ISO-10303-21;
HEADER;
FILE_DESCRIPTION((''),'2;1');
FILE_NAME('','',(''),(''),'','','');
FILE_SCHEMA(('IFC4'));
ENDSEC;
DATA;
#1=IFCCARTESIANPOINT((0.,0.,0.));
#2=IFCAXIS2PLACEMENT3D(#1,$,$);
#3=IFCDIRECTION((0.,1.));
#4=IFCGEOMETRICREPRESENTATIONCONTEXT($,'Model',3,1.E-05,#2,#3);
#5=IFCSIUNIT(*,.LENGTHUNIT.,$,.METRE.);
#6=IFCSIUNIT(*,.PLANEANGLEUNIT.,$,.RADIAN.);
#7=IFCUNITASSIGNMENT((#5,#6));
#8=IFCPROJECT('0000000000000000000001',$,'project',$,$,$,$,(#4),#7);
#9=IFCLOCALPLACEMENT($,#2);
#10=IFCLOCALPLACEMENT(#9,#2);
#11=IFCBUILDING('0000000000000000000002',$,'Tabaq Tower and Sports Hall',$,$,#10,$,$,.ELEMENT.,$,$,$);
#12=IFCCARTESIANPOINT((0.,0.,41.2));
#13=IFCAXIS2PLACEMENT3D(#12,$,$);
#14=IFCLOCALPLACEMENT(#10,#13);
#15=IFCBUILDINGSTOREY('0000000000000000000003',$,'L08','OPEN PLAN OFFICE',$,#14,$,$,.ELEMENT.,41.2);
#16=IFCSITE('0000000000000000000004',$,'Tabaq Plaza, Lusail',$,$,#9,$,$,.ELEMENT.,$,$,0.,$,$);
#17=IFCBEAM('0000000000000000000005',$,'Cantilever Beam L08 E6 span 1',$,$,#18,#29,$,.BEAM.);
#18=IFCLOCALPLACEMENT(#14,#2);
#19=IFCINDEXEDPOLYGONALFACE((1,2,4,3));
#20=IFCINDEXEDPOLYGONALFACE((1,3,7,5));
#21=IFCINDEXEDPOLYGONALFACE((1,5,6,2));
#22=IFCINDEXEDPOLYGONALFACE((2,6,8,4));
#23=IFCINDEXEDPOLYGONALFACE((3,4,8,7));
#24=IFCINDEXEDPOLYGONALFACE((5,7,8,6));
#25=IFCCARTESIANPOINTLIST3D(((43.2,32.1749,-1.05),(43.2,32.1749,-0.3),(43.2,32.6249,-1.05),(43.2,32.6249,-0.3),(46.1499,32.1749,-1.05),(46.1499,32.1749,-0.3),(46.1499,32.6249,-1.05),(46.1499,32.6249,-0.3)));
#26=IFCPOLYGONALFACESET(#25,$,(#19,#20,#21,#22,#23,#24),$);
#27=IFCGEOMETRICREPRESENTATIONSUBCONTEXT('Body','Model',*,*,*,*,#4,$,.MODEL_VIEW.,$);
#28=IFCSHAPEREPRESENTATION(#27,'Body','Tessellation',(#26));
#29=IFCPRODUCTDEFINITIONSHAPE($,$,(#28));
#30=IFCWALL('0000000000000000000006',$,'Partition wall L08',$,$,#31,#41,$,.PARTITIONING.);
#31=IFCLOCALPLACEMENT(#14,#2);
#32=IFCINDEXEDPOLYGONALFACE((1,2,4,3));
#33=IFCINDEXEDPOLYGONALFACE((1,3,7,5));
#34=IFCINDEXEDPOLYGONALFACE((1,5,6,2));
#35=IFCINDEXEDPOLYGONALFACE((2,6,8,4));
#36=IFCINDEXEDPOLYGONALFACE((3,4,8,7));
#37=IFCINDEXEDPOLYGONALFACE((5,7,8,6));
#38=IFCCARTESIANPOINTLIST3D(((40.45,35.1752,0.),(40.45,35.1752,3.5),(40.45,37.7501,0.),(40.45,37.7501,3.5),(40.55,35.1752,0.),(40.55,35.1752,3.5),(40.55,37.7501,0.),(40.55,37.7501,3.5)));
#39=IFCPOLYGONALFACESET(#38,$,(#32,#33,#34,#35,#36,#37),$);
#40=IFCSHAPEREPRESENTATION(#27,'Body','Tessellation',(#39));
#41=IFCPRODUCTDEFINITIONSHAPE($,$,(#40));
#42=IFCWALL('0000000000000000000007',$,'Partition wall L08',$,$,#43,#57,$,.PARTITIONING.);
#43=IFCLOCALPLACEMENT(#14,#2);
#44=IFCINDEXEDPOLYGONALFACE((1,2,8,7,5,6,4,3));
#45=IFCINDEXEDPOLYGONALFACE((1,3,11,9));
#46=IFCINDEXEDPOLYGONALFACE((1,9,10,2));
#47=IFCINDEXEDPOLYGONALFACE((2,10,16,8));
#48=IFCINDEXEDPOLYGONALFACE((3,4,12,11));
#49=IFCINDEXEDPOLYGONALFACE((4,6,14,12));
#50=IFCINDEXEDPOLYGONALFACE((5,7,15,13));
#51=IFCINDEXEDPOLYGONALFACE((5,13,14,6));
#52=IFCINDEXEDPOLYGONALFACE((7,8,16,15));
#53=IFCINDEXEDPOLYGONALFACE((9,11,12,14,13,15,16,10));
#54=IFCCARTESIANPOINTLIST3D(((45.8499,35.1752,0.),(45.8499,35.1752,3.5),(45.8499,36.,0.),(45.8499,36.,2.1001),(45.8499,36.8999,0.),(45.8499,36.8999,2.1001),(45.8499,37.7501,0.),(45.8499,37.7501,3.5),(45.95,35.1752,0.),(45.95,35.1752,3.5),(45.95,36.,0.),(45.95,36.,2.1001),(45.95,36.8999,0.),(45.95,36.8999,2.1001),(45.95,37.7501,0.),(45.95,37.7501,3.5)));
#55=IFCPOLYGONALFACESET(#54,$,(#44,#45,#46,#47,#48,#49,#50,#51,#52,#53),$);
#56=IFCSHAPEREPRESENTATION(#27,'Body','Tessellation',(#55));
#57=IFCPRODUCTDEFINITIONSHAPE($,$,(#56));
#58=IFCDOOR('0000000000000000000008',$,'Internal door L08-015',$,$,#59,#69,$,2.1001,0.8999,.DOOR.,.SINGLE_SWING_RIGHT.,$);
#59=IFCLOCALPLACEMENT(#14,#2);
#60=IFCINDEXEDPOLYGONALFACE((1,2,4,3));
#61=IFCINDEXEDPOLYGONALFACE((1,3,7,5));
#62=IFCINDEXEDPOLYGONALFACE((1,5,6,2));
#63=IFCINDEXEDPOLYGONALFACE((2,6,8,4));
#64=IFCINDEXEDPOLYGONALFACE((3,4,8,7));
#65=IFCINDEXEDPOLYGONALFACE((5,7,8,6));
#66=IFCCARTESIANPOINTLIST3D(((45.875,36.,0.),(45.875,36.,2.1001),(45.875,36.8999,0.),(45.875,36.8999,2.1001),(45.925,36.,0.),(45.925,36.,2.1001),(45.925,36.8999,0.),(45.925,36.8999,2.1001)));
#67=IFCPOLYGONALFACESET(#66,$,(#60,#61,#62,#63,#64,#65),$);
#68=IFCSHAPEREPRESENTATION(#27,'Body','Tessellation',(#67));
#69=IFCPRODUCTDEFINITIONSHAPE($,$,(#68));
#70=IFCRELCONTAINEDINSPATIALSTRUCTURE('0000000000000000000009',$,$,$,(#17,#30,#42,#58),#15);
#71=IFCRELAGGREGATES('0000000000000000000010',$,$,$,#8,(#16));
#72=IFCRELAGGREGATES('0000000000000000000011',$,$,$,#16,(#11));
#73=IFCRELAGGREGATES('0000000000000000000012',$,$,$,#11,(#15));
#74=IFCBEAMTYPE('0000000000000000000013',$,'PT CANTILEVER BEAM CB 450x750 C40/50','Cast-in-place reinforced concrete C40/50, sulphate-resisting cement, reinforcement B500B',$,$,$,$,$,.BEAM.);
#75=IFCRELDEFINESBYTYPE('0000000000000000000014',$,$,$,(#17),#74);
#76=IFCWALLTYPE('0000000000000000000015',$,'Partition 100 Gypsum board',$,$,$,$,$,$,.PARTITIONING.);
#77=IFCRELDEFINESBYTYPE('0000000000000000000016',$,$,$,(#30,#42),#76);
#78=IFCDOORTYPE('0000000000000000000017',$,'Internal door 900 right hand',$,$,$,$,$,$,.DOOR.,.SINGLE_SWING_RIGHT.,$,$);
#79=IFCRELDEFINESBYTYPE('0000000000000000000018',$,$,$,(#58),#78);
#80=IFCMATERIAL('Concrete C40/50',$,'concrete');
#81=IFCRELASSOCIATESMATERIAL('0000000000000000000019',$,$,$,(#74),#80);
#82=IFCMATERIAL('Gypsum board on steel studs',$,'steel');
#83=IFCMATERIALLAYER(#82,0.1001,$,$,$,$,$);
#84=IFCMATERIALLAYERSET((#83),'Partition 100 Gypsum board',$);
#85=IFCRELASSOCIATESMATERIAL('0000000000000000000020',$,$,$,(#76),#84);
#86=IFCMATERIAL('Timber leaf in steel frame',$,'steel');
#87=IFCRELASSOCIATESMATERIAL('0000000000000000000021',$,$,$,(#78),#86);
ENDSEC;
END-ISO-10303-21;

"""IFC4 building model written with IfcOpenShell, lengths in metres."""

from ifc_helpers import new_model, si_unit, direction, frame, frame_2d, origin, origin_2d, place, context, subcontext, project, spatial, rectangle, extrude, material, layer, layer_set, material_profile, profile_set, type_object, element, fill, save


model = new_model("IFC4")

# Units and contexts
model_context = context("Model", 3, precision=1e-05, world=origin(), true_north=direction((0.0, 1.0)))
body_context = subcontext(model_context, "Body", "Model", "MODEL_VIEW")
ifc_project = project(units=[si_unit("LENGTHUNIT", "METRE"), si_unit("PLANEANGLEUNIT", "RADIAN")], contexts=[model_context])

# Site, building, storey
site_placement = place(None, origin())
site = spatial("IfcSite", under=ifc_project, at=site_placement, Name="Tabaq Plaza, Lusail", CompositionType="ELEMENT", RefElevation=0.0)
building_placement = place(site_placement, origin())
building = spatial("IfcBuilding", under=site, at=building_placement, Name="Tabaq Tower and Sports Hall", CompositionType="ELEMENT")
storey_placement = place(building_placement, frame((0.0, 0.0, 41.2)))
storey = spatial("IfcBuildingStorey", under=building, at=storey_placement, Name="L08", Description="OPEN PLAN OFFICE", CompositionType="ELEMENT", Elevation=41.2)

# Beam
ifc_material_1 = material(Name="Concrete C40/50", Category="concrete")
ifc_material_profile = material_profile(ifc_material_1, rectangle(XDim=0.45, YDim=0.75, at=origin_2d()), Name="CB 450x750")
ifc_profile_set = profile_set([ifc_material_profile], Name="Concrete C40/50")
beam_type = type_object("IfcBeamType", Name="PT CANTILEVER BEAM CB 450x750 C40/50", Description="Cast-in-place reinforced concrete C40/50, sulphate-resisting cement, reinforcement B500B", PredefinedType="BEAM", material=ifc_profile_set)
beam_placement = place(storey_placement, frame((46.1499, 32.3999, -0.675), z_axis=(-1.0, 0.0, 0.0), x_axis=(0.0, -1.0, 0.0)))
element("IfcBeam", 1, at=beam_placement, inside=storey, type_object=beam_type, Name="Cantilever Beam L08 E6 span 1", PredefinedType="BEAM", context=body_context, shape_type="SweptSolid", body=[
    extrude(rectangle(XDim=0.45, YDim=0.75, at=origin_2d()), origin(), (0.0, 0.0, 1.0), 2.95),
])

# Wall
ifc_material_2 = material(Name="Gypsum board on steel studs", Category="steel")
ifc_layer_1 = layer(ifc_material_2, 0.1001)
ifc_layer_set_1 = layer_set([ifc_layer_1], Name="Partition 100 Gypsum board")
wall_type_1 = type_object("IfcWallType", Name="Partition 100 Gypsum board", PredefinedType="PARTITIONING", material=ifc_layer_set_1)
wall_1_placement = place(storey_placement, frame((40.5, 35.175, 0.0), z_axis=(0.0, 0.0, 1.0), x_axis=(0.0, 1.0, 0.0)))
element("IfcWall", 2, at=wall_1_placement, inside=storey, type_object=wall_type_1, Name="Partition wall L08", PredefinedType="PARTITIONING", context=body_context, shape_type="SweptSolid", body=[
    extrude(rectangle(XDim=2.575, YDim=0.1001, at=frame_2d((1.2876, 0.0))), origin(), (0.0, 0.0, 1.0), 3.5),
])

# Wall, opening, door
wall_2_placement = place(storey_placement, frame((45.8999, 35.175, 0.0), z_axis=(0.0, 0.0, 1.0), x_axis=(0.0, 1.0, 0.0)))
wall_2 = element("IfcWall", 3, at=wall_2_placement, inside=storey, type_object=wall_type_1, Name="Partition wall L08", PredefinedType="PARTITIONING", context=body_context, shape_type="SweptSolid", body=[
    extrude(rectangle(XDim=2.575, YDim=0.1001, at=frame_2d((1.2876, 0.0))), origin(), (0.0, 0.0, 1.0), 3.5),
])
opening_1_placement = place(wall_2_placement, frame((0.825, 0.0, 0.0)))
opening_1 = element("IfcOpeningElement", 4, at=opening_1_placement, cuts=wall_2, PredefinedType="OPENING", context=body_context, shape_type="SweptSolid", body=[
    extrude(rectangle(XDim=0.8999, YDim=2.1001, at=frame_2d((0.45, 1.05))), frame((0.0, 0.05, 0.0), z_axis=(0.0, -1.0, 0.0), x_axis=(1.0, 0.0, 0.0)), (0.0, 0.0, 1.0), 0.1001),
])
ifc_material_3 = material(Name="Timber leaf in steel frame", Category="steel")
door_type_1 = type_object("IfcDoorType", Name="Internal door 900 right hand", OperationType="SINGLE_SWING_RIGHT", PredefinedType="DOOR", material=ifc_material_3)
door_1_placement = place(opening_1_placement, origin())
door_1 = element("IfcDoor", 5, at=door_1_placement, inside=storey, type_object=door_type_1, Name="Internal door L08-015", OperationType="SINGLE_SWING_RIGHT", OverallHeight=2.1001, OverallWidth=0.8999, PredefinedType="DOOR", context=body_context, shape_type="SweptSolid", body=[
    extrude(rectangle(XDim=0.8999, YDim=2.1001, at=frame_2d((0.45, 1.05))), frame((0.0, 0.0249, 0.0), z_axis=(0.0, -1.0, 0.0), x_axis=(1.0, 0.0, 0.0)), (0.0, 0.0, 1.0), 0.05),
])
fill(opening_1, door_1)

save(model, "model.ifc")
